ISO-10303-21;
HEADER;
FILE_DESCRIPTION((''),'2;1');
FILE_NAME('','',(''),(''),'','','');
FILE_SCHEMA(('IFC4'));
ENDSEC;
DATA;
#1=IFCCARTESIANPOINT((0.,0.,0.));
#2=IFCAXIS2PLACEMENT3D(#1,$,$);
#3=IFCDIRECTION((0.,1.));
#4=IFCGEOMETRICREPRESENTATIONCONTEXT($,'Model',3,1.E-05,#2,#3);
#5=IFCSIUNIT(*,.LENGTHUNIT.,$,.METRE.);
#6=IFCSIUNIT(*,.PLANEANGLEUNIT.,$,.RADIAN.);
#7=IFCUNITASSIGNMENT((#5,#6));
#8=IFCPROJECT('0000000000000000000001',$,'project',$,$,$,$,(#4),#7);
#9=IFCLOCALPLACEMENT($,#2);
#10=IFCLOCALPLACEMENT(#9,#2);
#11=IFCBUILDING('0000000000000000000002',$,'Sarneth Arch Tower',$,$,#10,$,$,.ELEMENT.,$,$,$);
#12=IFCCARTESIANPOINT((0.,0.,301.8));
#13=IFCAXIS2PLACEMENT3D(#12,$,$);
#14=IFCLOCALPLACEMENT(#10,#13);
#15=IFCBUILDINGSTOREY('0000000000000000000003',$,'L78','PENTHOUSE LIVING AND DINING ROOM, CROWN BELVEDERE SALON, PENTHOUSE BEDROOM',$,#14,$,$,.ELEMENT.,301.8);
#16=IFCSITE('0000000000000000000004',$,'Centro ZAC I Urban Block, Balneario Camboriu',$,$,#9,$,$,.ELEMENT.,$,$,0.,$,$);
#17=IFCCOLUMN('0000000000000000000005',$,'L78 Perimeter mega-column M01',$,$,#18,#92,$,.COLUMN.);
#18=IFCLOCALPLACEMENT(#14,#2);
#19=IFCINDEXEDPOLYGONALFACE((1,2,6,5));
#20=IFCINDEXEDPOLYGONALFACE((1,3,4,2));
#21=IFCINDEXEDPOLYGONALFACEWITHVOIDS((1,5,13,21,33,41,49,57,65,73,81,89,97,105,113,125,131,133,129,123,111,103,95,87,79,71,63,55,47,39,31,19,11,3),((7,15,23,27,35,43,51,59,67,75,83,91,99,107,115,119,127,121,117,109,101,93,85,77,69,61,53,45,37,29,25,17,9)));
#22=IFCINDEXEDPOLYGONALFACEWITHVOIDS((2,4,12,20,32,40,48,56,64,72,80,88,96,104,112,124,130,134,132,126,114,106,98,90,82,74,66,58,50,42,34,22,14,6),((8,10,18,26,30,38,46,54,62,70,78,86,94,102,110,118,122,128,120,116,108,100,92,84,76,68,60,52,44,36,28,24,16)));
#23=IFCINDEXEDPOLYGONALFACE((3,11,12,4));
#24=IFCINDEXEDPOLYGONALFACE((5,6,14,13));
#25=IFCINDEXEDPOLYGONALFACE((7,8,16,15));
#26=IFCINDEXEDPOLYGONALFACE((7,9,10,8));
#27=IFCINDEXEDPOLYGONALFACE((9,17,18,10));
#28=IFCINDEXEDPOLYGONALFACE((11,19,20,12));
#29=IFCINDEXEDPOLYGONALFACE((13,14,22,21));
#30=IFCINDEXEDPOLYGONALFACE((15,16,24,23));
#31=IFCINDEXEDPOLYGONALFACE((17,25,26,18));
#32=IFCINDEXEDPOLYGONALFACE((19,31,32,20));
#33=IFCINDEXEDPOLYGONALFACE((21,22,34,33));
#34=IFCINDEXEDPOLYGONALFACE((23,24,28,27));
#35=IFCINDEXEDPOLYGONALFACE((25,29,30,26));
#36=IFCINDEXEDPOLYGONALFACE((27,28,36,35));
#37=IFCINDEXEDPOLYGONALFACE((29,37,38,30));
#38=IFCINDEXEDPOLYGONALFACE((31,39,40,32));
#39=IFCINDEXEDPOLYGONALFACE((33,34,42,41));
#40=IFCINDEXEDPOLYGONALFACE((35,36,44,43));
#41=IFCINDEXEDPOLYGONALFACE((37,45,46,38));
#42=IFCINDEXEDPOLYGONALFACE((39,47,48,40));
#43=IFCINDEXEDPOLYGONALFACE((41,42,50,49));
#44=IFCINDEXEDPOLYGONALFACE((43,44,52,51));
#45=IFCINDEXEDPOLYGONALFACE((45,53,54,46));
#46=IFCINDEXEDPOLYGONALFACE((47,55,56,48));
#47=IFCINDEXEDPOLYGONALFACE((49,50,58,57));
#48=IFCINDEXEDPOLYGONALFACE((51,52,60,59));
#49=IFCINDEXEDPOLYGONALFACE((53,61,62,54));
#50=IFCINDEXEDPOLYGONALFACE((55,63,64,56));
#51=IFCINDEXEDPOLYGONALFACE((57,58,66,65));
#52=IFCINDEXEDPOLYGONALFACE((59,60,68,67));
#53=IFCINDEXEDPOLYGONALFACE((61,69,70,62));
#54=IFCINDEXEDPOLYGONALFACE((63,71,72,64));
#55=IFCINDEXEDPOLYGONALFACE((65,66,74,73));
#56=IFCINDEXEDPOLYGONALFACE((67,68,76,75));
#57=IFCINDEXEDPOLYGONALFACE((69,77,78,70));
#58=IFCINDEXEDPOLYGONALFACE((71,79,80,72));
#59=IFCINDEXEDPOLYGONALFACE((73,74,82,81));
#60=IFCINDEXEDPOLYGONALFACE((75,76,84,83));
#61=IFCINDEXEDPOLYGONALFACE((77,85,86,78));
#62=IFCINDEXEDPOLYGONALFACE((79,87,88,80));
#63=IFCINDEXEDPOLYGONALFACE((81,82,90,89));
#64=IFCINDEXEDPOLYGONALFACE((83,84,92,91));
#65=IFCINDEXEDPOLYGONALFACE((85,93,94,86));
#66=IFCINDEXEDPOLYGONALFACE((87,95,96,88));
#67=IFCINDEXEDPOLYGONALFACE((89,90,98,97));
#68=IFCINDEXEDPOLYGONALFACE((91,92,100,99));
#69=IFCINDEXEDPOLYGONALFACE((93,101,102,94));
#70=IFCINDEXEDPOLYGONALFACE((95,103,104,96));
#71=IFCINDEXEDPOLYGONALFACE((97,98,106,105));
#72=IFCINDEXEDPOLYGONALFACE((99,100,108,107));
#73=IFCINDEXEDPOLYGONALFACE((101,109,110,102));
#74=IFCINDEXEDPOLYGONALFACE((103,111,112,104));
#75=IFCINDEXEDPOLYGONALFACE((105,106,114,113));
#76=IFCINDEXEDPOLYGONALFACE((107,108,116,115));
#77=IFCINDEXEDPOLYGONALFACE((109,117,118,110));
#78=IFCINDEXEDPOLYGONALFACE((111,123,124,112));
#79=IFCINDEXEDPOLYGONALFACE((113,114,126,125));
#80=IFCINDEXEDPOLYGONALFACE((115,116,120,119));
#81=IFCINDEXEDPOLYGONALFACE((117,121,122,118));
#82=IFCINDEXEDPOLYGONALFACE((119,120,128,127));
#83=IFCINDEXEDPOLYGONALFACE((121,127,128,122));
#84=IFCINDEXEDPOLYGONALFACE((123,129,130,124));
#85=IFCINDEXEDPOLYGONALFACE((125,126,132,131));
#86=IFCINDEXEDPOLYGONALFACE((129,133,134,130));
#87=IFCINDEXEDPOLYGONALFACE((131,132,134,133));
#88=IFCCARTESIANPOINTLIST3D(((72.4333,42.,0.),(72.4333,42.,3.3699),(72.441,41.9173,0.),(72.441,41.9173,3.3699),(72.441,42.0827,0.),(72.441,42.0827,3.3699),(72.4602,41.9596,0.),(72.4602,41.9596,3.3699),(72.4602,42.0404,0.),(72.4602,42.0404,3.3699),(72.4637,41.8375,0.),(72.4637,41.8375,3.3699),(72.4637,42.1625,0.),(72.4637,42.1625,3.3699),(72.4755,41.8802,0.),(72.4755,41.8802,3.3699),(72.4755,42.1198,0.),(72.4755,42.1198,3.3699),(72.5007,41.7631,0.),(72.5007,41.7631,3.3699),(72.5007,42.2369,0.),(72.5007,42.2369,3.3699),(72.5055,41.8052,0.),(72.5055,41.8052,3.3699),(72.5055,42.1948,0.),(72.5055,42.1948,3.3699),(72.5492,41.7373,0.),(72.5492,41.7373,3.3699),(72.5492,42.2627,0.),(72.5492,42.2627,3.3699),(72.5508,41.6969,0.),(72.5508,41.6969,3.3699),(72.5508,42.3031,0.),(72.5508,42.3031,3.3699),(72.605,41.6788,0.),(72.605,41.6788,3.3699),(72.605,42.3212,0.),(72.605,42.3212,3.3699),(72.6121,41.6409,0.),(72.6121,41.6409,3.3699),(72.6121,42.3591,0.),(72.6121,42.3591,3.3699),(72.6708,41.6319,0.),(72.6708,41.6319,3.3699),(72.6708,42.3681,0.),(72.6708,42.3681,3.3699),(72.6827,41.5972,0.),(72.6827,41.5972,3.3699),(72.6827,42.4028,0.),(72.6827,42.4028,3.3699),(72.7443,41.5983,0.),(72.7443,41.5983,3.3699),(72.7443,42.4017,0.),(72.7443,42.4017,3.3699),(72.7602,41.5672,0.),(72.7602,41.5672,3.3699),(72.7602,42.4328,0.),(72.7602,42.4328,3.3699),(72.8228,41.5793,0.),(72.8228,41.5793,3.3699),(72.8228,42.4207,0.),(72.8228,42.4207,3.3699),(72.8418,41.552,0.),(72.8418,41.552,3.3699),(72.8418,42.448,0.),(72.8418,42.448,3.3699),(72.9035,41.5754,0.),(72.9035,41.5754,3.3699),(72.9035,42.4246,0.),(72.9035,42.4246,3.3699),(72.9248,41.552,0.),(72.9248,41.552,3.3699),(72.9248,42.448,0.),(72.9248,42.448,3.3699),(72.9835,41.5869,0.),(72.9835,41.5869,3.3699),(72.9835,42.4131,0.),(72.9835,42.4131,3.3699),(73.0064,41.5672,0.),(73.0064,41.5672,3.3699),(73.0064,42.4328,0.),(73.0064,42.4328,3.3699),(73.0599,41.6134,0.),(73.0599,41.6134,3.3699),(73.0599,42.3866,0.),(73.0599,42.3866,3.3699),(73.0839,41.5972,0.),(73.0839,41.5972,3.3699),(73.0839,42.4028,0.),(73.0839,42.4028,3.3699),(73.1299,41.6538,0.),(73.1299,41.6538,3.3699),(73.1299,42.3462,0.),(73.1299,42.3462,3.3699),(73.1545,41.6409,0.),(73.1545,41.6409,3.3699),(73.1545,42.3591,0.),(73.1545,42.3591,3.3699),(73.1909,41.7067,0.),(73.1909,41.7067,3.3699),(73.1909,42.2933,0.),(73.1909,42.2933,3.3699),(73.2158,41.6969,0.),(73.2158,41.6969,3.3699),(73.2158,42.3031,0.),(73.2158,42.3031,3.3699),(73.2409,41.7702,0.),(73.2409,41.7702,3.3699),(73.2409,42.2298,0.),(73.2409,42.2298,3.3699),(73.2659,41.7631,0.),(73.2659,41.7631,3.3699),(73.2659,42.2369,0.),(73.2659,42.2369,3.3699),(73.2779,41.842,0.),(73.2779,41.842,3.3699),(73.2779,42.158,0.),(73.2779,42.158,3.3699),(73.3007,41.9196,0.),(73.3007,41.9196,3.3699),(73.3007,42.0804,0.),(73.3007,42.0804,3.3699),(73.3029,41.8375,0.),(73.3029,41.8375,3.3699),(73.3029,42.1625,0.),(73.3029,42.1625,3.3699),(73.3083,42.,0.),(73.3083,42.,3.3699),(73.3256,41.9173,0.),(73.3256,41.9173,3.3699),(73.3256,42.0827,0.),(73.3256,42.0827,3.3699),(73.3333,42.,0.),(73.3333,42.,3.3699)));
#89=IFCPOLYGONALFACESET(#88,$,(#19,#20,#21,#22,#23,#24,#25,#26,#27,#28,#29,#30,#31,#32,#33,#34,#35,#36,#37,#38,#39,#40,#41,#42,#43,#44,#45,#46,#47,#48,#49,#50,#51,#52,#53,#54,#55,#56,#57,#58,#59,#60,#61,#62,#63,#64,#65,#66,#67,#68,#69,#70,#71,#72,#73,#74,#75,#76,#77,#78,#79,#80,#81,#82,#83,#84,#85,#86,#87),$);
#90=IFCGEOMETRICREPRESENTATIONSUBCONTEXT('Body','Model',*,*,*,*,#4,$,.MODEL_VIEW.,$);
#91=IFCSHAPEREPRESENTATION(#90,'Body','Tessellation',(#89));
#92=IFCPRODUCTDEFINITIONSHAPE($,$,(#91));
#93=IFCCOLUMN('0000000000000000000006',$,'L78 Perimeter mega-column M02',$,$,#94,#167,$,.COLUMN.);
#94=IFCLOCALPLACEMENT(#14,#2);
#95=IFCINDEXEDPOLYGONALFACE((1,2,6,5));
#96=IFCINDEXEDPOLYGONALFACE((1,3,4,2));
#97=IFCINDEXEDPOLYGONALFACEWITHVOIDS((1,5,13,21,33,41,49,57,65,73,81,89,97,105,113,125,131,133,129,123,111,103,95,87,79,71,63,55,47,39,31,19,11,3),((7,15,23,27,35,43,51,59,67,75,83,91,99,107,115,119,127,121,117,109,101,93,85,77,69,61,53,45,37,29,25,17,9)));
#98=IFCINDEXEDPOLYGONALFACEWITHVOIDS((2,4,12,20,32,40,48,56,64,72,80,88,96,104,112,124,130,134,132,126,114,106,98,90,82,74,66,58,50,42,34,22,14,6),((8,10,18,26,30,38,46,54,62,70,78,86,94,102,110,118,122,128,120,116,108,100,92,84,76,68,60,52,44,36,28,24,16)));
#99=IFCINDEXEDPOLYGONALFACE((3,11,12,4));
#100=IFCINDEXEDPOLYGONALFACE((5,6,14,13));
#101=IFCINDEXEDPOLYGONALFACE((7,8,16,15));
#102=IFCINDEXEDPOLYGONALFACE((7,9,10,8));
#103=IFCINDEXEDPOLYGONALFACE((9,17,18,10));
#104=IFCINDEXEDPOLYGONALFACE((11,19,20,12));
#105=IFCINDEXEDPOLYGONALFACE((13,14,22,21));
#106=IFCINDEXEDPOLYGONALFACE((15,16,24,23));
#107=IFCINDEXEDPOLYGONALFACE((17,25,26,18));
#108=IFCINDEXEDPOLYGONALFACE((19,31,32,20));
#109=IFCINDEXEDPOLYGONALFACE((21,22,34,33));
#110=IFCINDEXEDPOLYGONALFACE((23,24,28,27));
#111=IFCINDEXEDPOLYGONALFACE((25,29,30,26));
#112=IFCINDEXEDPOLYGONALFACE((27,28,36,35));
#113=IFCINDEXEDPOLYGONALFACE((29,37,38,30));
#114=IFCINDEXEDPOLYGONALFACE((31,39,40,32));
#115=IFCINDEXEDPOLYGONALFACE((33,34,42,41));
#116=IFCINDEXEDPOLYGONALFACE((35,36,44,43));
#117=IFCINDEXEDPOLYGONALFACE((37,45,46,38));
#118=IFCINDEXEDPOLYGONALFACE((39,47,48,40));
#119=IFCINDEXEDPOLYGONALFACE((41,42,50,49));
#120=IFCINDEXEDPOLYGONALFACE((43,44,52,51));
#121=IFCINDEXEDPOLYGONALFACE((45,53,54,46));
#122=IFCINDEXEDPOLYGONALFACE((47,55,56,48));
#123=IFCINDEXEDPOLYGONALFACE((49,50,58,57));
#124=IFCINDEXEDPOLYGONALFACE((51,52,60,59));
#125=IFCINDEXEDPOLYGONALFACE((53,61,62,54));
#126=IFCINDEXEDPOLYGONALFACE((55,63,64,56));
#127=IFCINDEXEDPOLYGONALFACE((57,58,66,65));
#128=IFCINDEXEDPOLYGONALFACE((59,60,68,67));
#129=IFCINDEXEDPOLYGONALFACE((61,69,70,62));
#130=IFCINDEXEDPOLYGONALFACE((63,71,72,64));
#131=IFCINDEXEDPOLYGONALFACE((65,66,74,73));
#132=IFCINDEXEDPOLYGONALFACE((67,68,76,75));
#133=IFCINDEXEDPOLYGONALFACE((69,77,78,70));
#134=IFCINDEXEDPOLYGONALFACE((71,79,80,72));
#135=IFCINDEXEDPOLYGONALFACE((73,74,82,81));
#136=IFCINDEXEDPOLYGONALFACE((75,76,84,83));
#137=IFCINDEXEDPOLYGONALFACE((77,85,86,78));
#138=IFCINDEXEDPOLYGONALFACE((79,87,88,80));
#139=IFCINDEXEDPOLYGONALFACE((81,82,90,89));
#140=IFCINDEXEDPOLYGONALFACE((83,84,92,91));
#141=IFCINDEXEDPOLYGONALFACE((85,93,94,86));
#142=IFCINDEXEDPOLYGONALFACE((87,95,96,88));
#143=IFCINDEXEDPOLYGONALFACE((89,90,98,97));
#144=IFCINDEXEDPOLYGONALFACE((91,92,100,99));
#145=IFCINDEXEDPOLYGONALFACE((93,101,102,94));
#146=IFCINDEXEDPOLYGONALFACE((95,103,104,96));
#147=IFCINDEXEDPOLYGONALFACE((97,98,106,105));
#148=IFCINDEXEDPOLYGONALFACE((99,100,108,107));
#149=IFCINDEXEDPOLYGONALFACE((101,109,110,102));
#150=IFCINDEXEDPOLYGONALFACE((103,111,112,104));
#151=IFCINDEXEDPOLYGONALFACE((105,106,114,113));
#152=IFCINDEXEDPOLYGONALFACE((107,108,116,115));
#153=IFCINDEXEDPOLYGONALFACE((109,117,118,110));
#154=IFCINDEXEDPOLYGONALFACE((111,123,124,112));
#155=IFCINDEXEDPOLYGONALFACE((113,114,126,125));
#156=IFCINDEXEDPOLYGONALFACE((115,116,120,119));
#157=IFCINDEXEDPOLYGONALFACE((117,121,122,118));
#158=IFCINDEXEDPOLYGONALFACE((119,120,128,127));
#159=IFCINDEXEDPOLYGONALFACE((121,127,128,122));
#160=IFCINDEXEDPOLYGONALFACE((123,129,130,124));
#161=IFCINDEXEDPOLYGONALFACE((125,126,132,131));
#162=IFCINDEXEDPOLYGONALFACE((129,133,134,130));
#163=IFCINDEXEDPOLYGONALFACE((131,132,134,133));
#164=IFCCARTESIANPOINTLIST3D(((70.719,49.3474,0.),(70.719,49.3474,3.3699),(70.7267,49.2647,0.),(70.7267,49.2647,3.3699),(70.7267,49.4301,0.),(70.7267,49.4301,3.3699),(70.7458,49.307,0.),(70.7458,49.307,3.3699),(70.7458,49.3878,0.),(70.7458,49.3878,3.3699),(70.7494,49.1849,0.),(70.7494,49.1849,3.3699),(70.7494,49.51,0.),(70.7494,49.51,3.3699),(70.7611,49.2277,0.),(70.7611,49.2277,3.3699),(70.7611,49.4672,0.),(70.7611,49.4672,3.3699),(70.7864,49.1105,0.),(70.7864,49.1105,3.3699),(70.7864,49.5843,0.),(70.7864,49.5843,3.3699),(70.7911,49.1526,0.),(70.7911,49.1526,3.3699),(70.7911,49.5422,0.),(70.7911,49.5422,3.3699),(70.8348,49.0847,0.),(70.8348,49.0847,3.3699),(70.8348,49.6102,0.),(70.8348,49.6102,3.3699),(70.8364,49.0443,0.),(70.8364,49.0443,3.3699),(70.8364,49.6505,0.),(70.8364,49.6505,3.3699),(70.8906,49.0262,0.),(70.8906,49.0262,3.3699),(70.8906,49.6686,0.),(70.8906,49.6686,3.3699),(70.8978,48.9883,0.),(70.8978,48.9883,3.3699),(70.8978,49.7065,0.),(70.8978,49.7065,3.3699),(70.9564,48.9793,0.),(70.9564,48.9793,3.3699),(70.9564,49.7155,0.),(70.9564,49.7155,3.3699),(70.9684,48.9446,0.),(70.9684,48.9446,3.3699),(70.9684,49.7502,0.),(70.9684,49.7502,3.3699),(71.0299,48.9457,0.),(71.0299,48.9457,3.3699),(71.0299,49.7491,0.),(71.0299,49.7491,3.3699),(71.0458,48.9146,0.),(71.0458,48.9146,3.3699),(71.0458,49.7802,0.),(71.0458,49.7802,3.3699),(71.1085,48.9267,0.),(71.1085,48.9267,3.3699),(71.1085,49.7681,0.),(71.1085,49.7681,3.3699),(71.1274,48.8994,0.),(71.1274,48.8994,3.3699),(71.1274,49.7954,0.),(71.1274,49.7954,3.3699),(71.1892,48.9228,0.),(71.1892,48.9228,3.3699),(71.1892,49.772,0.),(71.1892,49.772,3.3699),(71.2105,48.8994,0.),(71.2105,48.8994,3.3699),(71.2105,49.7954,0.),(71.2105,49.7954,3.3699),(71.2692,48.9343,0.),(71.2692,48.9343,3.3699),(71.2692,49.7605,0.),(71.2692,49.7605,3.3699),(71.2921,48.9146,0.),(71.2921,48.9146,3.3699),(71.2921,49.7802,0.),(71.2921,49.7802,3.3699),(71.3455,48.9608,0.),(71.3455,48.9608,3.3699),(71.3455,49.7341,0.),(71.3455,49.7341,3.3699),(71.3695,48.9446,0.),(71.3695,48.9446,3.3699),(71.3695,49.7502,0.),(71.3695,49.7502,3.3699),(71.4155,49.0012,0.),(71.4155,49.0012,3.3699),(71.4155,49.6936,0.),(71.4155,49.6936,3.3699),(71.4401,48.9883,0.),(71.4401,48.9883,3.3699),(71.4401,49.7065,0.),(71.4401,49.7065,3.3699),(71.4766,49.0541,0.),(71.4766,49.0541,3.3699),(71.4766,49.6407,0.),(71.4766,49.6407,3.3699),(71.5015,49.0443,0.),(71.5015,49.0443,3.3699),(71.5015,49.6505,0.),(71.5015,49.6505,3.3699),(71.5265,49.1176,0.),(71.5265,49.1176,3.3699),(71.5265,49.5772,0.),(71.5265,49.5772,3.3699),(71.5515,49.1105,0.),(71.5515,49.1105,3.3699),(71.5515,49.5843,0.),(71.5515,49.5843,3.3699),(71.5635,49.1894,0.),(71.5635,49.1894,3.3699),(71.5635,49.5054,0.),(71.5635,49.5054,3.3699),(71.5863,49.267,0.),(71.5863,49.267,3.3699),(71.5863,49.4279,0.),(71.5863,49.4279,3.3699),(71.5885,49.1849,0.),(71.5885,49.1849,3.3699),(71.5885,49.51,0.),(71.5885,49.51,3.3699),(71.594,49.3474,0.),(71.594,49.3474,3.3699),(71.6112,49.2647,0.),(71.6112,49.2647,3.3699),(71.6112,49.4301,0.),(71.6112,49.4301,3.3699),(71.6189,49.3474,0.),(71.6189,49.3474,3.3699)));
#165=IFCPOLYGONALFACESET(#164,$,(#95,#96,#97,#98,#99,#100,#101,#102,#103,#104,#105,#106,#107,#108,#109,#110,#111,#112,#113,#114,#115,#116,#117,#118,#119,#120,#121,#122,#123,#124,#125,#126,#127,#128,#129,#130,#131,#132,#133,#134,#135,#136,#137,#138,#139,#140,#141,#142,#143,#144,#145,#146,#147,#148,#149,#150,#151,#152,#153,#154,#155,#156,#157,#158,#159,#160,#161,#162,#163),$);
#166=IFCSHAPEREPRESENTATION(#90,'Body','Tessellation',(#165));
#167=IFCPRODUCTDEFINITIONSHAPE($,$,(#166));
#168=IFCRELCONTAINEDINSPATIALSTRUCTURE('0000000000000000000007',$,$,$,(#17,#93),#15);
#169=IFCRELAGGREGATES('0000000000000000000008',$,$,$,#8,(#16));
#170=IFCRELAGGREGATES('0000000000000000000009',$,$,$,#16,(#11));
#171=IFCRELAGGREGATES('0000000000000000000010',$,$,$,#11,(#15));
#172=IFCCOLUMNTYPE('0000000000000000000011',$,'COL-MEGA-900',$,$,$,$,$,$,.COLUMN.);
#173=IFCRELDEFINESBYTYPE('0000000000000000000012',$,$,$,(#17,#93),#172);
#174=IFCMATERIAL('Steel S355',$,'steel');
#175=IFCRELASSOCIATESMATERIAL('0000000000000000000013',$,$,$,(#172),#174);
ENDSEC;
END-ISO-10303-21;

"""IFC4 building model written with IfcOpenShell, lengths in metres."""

from ifc_helpers import new_model, si_unit, direction, frame, origin, origin_2d, place, context, subcontext, project, spatial, hollow_circle, extrude, material, material_profile, profile_set, type_object, element, save


model = new_model("IFC4")

# Units and contexts
model_context = context("Model", 3, precision=1e-05, world=origin(), true_north=direction((0.0, 1.0)))
body_context = subcontext(model_context, "Body", "Model", "MODEL_VIEW")
ifc_project = project(units=[si_unit("LENGTHUNIT", "METRE"), si_unit("PLANEANGLEUNIT", "RADIAN")], contexts=[model_context])

# Site, building, storey
site_placement = place(None, origin())
site = spatial("IfcSite", under=ifc_project, at=site_placement, Name="Centro ZAC I Urban Block, Balneario Camboriu", CompositionType="ELEMENT", RefElevation=0.0)
building_placement = place(site_placement, origin())
building = spatial("IfcBuilding", under=site, at=building_placement, Name="Sarneth Arch Tower", CompositionType="ELEMENT")
storey_placement = place(building_placement, frame((0.0, 0.0, 301.8)))
storey = spatial("IfcBuildingStorey", under=building, at=storey_placement, Name="L78", Description="PENTHOUSE LIVING AND DINING ROOM, CROWN BELVEDERE SALON, PENTHOUSE BEDROOM", CompositionType="ELEMENT", Elevation=301.8)

# Columns
ifc_material_1 = material(Name="Steel S355", Category="steel")
ifc_material_profile_1 = material_profile(ifc_material_1, hollow_circle(Radius=0.45, WallThickness=0.0249, at=origin_2d()), Name="CHS900x25")
ifc_profile_set_1 = profile_set([ifc_material_profile_1], Name="Steel S355")
column_type = type_object("IfcColumnType", Name="COL-MEGA-900", PredefinedType="COLUMN", material=ifc_profile_set_1)
for number, where, z_axis, x_axis, name in (
    (1, (72.8833, 42.0, 0.0), (0.0, 0.0, 1.0), (1.0, 0.0, 0.0), "L78 Perimeter mega-column M01"),
    (2, (71.1689, 49.3474, 0.0), (0.0, 0.0, 1.0), (1.0, 0.0, 0.0), "L78 Perimeter mega-column M02"),
):
    element("IfcColumn", number, at=place(storey_placement, frame(where, z_axis=z_axis, x_axis=x_axis)), inside=storey, type_object=column_type, Name=name, PredefinedType="COLUMN", context=body_context, shape_type="SweptSolid", body=[
        extrude(hollow_circle(Radius=0.45, WallThickness=0.0249, at=origin_2d()), origin(), (0.0, 0.0, 1.0), 3.3699),
    ])

save(model, "model.ifc")
